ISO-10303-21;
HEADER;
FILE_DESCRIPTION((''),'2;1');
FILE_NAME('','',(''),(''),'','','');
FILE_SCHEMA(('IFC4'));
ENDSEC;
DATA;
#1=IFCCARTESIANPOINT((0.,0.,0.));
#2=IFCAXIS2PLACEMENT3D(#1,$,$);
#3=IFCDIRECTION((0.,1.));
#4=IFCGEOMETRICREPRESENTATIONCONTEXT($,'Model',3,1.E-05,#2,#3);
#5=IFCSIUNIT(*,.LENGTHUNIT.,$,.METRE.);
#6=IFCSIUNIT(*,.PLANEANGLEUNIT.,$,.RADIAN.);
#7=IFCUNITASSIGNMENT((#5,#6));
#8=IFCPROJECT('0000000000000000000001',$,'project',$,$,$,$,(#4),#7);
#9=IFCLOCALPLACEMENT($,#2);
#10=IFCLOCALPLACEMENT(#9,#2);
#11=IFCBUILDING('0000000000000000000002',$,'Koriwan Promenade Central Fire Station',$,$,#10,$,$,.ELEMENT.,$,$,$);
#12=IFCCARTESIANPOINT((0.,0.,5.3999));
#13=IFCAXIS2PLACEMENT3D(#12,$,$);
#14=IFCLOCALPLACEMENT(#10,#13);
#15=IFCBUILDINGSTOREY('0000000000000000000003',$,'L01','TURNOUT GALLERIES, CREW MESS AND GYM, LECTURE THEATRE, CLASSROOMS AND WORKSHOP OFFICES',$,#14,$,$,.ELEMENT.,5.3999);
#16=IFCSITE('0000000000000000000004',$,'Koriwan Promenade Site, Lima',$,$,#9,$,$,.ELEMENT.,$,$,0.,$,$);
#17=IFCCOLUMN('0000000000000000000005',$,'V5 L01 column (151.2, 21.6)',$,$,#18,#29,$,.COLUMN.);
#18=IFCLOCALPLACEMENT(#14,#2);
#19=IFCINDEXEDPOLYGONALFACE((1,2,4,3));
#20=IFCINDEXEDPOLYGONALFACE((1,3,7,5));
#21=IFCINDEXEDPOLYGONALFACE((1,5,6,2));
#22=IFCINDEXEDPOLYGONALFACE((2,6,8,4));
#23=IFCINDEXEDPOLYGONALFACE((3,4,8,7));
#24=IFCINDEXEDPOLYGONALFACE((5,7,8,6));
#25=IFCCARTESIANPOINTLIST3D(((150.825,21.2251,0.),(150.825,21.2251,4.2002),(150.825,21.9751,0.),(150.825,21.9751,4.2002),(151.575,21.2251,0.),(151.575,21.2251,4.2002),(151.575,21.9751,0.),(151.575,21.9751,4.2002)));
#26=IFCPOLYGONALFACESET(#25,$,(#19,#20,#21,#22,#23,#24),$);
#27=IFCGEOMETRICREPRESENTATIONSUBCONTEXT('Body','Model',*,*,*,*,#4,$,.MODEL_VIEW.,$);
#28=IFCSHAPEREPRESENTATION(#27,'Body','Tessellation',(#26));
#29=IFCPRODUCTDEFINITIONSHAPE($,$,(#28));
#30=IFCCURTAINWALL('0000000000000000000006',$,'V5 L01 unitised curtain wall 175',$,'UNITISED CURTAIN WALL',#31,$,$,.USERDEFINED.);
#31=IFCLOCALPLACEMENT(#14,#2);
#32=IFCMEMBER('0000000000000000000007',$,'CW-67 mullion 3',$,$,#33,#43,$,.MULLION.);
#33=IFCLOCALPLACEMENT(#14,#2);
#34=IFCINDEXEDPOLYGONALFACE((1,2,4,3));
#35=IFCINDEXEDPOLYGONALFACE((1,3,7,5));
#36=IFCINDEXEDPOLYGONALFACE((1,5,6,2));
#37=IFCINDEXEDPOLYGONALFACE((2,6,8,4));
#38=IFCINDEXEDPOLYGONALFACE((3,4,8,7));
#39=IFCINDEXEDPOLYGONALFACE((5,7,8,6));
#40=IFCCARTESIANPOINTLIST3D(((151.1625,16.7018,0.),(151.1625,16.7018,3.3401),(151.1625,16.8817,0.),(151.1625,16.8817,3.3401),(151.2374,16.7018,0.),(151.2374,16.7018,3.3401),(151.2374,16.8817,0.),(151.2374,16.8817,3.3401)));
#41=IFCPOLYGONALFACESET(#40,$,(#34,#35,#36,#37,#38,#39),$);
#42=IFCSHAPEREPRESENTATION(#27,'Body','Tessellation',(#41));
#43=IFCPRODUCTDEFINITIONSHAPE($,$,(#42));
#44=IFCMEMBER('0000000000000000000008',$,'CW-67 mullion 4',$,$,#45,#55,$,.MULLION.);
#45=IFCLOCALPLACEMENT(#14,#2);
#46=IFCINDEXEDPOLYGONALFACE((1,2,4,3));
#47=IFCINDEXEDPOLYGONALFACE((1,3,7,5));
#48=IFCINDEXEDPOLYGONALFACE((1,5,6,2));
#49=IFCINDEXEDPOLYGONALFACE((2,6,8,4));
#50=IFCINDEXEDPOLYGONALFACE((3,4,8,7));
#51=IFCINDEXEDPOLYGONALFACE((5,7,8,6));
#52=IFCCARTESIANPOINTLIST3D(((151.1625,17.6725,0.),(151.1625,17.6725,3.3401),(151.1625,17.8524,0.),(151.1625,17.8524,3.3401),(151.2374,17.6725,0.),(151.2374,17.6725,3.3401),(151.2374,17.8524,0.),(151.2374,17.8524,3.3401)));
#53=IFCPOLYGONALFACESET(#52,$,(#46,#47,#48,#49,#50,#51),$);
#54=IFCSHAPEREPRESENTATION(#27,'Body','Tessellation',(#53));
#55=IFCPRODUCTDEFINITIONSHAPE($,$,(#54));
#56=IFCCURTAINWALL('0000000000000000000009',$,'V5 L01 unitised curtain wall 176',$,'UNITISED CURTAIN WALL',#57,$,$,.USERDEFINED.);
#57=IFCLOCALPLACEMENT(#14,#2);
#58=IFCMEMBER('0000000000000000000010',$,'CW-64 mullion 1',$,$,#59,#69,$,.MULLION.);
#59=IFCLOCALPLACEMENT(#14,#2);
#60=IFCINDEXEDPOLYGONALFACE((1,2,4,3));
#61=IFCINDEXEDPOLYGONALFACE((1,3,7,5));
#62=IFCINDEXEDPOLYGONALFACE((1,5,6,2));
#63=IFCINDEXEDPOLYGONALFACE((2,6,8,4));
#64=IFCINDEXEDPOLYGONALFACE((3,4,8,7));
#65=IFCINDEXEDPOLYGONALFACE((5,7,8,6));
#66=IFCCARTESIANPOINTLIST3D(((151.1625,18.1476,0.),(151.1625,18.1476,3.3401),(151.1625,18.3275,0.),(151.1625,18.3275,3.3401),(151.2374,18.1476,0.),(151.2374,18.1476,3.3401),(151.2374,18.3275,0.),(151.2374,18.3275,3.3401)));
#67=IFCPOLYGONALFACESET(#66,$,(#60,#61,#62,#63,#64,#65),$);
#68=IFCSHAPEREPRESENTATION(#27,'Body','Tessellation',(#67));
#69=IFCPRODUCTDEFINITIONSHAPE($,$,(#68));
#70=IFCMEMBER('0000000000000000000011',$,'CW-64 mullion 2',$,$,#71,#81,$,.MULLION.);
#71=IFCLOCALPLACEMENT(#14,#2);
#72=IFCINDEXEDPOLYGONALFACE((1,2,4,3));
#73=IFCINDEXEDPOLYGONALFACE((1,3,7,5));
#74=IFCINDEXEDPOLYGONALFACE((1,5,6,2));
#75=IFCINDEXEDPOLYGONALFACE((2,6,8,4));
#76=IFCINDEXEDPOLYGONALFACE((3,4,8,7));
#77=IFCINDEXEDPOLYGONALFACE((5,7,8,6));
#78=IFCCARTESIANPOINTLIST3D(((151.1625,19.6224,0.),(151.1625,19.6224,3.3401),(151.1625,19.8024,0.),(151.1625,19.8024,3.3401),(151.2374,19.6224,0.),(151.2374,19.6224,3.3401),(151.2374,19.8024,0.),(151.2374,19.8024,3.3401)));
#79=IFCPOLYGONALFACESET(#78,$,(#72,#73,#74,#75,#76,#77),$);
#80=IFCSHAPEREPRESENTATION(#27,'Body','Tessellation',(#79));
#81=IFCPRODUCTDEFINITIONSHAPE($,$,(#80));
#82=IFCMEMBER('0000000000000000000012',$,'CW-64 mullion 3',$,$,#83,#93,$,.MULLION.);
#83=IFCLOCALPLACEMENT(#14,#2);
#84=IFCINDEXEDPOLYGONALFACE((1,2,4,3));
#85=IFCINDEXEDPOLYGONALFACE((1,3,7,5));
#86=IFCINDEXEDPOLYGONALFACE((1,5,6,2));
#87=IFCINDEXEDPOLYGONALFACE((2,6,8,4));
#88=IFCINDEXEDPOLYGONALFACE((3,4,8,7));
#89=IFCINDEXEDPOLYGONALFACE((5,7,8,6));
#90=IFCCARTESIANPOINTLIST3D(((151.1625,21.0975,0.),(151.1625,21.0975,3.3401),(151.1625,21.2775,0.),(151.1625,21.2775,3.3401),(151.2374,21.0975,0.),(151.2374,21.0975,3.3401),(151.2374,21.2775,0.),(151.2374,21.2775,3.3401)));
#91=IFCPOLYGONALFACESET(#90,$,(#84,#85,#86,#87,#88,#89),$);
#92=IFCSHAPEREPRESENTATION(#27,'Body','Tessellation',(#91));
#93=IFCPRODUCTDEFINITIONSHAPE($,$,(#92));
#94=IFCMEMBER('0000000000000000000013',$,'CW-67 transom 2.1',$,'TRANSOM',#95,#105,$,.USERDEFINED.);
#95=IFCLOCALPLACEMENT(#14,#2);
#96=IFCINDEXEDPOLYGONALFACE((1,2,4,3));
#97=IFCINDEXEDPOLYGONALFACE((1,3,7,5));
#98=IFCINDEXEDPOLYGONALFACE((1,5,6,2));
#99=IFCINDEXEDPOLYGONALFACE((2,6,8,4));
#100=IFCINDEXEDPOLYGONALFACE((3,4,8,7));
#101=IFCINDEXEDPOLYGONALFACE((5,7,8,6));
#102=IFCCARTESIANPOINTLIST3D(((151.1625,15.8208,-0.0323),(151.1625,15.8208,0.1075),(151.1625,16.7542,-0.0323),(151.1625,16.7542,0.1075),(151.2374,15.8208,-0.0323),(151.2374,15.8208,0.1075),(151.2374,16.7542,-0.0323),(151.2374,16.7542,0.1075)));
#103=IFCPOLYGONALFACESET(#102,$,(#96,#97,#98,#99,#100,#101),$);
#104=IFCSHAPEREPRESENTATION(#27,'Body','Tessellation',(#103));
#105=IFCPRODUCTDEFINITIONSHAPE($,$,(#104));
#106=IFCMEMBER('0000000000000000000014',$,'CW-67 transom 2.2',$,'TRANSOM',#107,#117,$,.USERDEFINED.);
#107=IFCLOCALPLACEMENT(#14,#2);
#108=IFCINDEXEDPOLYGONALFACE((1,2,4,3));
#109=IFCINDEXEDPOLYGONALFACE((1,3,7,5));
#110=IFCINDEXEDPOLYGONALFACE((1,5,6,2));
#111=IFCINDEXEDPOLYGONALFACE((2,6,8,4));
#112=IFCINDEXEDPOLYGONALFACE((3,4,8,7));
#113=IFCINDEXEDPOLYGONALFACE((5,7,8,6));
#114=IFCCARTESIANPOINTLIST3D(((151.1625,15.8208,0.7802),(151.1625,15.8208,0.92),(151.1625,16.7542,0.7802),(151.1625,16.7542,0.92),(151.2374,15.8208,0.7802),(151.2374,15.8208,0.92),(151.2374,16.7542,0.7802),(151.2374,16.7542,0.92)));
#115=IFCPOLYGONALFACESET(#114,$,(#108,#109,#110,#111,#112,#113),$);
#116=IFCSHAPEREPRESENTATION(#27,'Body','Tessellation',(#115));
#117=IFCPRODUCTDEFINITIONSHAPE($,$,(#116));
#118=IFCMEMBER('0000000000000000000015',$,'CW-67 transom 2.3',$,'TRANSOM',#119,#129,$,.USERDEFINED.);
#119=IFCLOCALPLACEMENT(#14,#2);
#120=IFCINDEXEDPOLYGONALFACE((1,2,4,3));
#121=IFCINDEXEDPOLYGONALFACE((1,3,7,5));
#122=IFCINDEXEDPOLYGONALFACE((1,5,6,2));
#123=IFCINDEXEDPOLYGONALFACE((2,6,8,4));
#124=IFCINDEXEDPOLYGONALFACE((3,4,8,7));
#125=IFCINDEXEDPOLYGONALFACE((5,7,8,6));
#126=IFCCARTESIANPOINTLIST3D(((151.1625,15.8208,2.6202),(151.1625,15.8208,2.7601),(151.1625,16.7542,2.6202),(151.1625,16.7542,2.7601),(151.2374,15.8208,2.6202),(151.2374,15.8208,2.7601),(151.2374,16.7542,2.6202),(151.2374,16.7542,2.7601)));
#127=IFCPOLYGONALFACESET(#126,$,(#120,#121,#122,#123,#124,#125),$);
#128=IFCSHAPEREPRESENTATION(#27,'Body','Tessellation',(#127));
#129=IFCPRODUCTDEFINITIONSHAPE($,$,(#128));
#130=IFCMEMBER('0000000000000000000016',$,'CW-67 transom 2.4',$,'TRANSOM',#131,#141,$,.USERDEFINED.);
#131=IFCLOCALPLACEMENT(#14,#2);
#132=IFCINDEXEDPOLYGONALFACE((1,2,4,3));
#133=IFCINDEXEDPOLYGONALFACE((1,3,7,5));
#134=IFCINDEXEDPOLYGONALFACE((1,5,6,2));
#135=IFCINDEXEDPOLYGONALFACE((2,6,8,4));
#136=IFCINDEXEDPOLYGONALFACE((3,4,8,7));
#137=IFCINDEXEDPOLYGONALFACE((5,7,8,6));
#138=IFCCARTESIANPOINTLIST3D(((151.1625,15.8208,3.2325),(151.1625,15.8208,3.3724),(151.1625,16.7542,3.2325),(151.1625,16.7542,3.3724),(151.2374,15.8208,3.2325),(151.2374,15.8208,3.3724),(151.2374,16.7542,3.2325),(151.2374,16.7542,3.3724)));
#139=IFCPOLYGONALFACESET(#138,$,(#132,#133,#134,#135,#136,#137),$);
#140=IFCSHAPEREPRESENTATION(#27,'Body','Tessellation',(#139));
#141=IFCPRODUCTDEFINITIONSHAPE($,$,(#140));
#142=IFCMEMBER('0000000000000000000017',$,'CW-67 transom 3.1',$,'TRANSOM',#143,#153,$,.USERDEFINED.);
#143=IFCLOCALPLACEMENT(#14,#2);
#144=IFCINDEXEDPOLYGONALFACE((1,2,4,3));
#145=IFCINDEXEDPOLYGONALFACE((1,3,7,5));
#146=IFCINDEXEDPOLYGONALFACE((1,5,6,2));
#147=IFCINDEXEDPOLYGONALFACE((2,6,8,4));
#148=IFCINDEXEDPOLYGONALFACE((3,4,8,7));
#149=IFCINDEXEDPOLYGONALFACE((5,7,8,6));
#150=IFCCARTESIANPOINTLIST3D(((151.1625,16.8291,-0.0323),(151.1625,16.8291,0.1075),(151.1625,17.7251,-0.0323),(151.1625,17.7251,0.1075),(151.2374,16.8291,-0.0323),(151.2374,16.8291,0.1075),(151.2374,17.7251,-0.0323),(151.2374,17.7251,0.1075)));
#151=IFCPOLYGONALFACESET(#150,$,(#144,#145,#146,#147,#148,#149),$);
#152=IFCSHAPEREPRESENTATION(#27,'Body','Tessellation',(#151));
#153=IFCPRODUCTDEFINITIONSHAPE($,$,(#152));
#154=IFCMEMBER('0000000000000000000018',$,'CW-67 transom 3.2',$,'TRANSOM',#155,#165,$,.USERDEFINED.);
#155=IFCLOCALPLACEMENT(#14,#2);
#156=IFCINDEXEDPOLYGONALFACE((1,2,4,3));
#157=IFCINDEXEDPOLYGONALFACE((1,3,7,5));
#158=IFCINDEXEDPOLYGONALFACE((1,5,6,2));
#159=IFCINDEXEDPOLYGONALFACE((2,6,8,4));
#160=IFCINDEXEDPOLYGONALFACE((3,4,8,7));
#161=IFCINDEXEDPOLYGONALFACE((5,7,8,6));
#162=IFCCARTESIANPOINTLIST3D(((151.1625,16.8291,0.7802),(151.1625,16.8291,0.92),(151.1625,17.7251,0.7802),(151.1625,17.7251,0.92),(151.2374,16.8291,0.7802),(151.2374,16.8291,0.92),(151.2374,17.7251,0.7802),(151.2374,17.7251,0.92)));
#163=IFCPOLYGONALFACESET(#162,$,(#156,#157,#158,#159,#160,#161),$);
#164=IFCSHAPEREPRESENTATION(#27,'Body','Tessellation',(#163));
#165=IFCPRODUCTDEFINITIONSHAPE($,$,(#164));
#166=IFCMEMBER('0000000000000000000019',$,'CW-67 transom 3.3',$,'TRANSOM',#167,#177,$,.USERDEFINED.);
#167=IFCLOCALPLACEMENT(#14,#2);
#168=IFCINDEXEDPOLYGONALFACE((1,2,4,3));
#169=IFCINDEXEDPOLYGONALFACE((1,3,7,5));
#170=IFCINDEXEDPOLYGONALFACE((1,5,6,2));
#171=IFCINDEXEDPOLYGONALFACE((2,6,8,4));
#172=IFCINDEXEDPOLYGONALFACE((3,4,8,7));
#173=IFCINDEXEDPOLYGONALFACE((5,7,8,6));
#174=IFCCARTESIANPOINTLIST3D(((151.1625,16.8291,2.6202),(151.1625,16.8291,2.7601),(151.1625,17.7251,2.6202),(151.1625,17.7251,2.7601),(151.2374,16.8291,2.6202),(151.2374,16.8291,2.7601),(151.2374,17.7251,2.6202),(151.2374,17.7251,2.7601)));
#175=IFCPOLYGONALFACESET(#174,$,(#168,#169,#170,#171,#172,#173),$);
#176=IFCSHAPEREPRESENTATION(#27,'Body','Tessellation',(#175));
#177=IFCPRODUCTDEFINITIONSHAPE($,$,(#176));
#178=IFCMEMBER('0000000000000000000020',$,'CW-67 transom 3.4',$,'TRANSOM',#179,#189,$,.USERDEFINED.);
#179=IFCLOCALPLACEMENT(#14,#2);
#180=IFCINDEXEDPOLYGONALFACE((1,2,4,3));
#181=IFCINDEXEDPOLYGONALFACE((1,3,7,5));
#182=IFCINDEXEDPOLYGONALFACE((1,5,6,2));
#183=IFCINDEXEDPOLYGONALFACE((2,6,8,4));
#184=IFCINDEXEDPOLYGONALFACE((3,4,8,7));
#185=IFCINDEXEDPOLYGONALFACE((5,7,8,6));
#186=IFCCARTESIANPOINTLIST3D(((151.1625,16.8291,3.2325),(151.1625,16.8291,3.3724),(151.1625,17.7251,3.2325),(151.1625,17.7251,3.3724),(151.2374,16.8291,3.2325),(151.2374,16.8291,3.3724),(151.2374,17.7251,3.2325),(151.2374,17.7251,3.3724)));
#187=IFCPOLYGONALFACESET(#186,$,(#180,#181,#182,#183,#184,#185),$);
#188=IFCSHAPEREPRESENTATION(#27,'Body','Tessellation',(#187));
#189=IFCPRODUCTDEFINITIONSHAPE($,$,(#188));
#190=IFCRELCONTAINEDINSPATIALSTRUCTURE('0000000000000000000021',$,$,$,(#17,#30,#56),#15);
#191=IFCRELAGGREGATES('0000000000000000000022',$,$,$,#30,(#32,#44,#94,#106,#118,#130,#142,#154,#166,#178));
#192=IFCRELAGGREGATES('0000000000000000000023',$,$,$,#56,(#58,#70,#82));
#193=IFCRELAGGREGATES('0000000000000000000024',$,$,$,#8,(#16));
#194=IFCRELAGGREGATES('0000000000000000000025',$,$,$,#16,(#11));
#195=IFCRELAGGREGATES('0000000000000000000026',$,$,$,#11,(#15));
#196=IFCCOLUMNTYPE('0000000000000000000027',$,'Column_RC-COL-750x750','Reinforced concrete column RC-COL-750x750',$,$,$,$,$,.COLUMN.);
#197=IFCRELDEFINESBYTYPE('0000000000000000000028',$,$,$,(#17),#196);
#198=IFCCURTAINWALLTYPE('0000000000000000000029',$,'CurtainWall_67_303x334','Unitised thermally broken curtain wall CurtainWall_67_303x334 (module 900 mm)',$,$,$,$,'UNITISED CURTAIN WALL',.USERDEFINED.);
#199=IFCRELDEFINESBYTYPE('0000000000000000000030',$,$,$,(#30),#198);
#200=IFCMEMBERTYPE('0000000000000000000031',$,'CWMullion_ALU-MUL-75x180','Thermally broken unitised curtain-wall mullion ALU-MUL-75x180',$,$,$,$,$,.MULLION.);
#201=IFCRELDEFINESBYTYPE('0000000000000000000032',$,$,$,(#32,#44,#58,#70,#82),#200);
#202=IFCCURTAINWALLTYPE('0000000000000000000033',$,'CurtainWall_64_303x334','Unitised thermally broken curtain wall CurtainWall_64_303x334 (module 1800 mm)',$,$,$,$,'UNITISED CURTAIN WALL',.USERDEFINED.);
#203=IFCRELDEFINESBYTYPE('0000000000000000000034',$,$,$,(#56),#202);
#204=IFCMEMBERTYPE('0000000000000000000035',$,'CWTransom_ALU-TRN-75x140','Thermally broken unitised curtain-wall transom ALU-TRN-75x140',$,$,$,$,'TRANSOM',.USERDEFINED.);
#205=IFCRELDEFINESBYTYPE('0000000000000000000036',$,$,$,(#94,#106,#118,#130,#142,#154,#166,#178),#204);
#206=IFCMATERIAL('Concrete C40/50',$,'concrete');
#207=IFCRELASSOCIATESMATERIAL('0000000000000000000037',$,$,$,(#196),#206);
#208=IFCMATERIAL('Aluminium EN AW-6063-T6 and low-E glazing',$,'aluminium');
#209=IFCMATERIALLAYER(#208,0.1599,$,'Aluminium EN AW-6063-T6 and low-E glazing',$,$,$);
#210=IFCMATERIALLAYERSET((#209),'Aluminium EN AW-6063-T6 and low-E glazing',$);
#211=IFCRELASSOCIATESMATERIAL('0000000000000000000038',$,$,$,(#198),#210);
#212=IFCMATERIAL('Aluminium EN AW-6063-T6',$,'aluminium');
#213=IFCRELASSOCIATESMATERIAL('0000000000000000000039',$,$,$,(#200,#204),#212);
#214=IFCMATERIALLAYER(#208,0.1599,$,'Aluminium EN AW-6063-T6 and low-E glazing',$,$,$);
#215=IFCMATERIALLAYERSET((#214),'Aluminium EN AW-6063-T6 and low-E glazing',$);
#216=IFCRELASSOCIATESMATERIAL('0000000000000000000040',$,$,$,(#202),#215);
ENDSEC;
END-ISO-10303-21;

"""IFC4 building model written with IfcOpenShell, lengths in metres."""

from ifc_helpers import new_model, si_unit, direction, frame, origin, origin_2d, place, context, subcontext, project, spatial, rectangle, extrude, material, layer, layer_set, material_profile, profile_set, type_object, element, aggregate, save


model = new_model("IFC4")

# Units and contexts
model_context = context("Model", 3, precision=1e-05, world=origin(), true_north=direction((0.0, 1.0)))
body_context = subcontext(model_context, "Body", "Model", "MODEL_VIEW")
ifc_project = project(units=[si_unit("LENGTHUNIT", "METRE"), si_unit("PLANEANGLEUNIT", "RADIAN")], contexts=[model_context])

# Site, building, storey
site_placement = place(None, origin())
site = spatial("IfcSite", under=ifc_project, at=site_placement, Name="Koriwan Promenade Site, Lima", CompositionType="ELEMENT", RefElevation=0.0)
building_placement = place(site_placement, origin())
building = spatial("IfcBuilding", under=site, at=building_placement, Name="Koriwan Promenade Central Fire Station", CompositionType="ELEMENT")
storey_placement = place(building_placement, frame((0.0, 0.0, 5.3999)))
storey = spatial("IfcBuildingStorey", under=building, at=storey_placement, Name="L01", Description="TURNOUT GALLERIES, CREW MESS AND GYM, LECTURE THEATRE, CLASSROOMS AND WORKSHOP OFFICES", CompositionType="ELEMENT", Elevation=5.3999)

# Column
ifc_material_1 = material(Name="Concrete C40/50", Category="concrete")
ifc_material_profile_1 = material_profile(ifc_material_1, rectangle(XDim=0.75, YDim=0.75, at=origin_2d()), Name="RC-COL-750x750")
ifc_profile_set_1 = profile_set([ifc_material_profile_1], Name="Concrete C40/50")
column_type = type_object("IfcColumnType", Name="Column_RC-COL-750x750", Description="Reinforced concrete column RC-COL-750x750", PredefinedType="COLUMN", material=ifc_profile_set_1)
column_placement = place(storey_placement, frame((151.2, 21.6001, 0.0), z_axis=(0.0, 0.0, 1.0), x_axis=(1.0, 0.0, 0.0)))
element("IfcColumn", 1, at=column_placement, inside=storey, type_object=column_type, Name="V5 L01 column (151.2, 21.6)", PredefinedType="COLUMN", context=body_context, shape_type="SweptSolid", body=[
    extrude(rectangle(XDim=0.75, YDim=0.75, at=origin_2d()), origin(), (0.0, 0.0, 1.0), 4.2002),
])

# Curtain walls, members
ifc_material_2 = material(Name="Aluminium EN AW-6063-T6 and low-E glazing", Category="aluminium")
ifc_layer_1 = layer(ifc_material_2, 0.1599, Name="Aluminium EN AW-6063-T6 and low-E glazing")
ifc_layer_set_1 = layer_set([ifc_layer_1], Name="Aluminium EN AW-6063-T6 and low-E glazing")
curtain_wall_type_1 = type_object("IfcCurtainWallType", Name="CurtainWall_67_303x334", Description="Unitised thermally broken curtain wall CurtainWall_67_303x334 (module 900 mm)", ElementType="UNITISED CURTAIN WALL", PredefinedType="USERDEFINED", material=ifc_layer_set_1)
curtain_wall_1_placement = place(storey_placement, origin())
curtain_wall_1 = element("IfcCurtainWall", 2, at=curtain_wall_1_placement, inside=storey, type_object=curtain_wall_type_1, Name="V5 L01 unitised curtain wall 175", ObjectType="UNITISED CURTAIN WALL", PredefinedType="USERDEFINED")
ifc_material_3 = material(Name="Aluminium EN AW-6063-T6", Category="aluminium")
ifc_material_profile_2 = material_profile(ifc_material_3, rectangle(XDim=0.075, YDim=0.1799, at=origin_2d()), Name="ALU-MUL-75x180")
ifc_profile_set_2 = profile_set([ifc_material_profile_2], Name="Aluminium EN AW-6063-T6")
member_type_1 = type_object("IfcMemberType", Name="CWMullion_ALU-MUL-75x180", Description="Thermally broken unitised curtain-wall mullion ALU-MUL-75x180", PredefinedType="MULLION", material=ifc_profile_set_2)
member_1_placement = place(storey_placement, frame((151.2, 16.7917, 0.0), z_axis=(0.0, 0.0, 1.0), x_axis=(-1.0, 0.0, 0.0)))
member_1 = element("IfcMember", 3, at=member_1_placement, type_object=member_type_1, Name="CW-67 mullion 3", PredefinedType="MULLION", context=body_context, shape_type="SweptSolid", body=[
    extrude(rectangle(XDim=0.075, YDim=0.1799, at=origin_2d()), origin(), (0.0, 0.0, 1.0), 3.3401),
])
member_2_placement = place(storey_placement, frame((151.2, 17.7625, 0.0), z_axis=(0.0, 0.0, 1.0), x_axis=(-1.0, 0.0, 0.0)))
member_2 = element("IfcMember", 4, at=member_2_placement, type_object=member_type_1, Name="CW-67 mullion 4", PredefinedType="MULLION", context=body_context, shape_type="SweptSolid", body=[
    extrude(rectangle(XDim=0.075, YDim=0.1799, at=origin_2d()), origin(), (0.0, 0.0, 1.0), 3.3401),
])
ifc_layer_2 = layer(ifc_material_2, 0.1599, Name="Aluminium EN AW-6063-T6 and low-E glazing")
ifc_layer_set_2 = layer_set([ifc_layer_2], Name="Aluminium EN AW-6063-T6 and low-E glazing")
curtain_wall_type_2 = type_object("IfcCurtainWallType", Name="CurtainWall_64_303x334", Description="Unitised thermally broken curtain wall CurtainWall_64_303x334 (module 1800 mm)", ElementType="UNITISED CURTAIN WALL", PredefinedType="USERDEFINED", material=ifc_layer_set_2)
curtain_wall_2_placement = place(storey_placement, origin())
curtain_wall_2 = element("IfcCurtainWall", 5, at=curtain_wall_2_placement, inside=storey, type_object=curtain_wall_type_2, Name="V5 L01 unitised curtain wall 176", ObjectType="UNITISED CURTAIN WALL", PredefinedType="USERDEFINED")
member_3_placement = place(storey_placement, frame((151.2, 18.2375, 0.0), z_axis=(0.0, 0.0, 1.0), x_axis=(-1.0, 0.0, 0.0)))
member_3 = element("IfcMember", 6, at=member_3_placement, type_object=member_type_1, Name="CW-64 mullion 1", PredefinedType="MULLION", context=body_context, shape_type="SweptSolid", body=[
    extrude(rectangle(XDim=0.075, YDim=0.1799, at=origin_2d()), origin(), (0.0, 0.0, 1.0), 3.3401),
])
member_4_placement = place(storey_placement, frame((151.2, 19.7124, 0.0), z_axis=(0.0, 0.0, 1.0), x_axis=(-1.0, 0.0, 0.0)))
member_4 = element("IfcMember", 7, at=member_4_placement, type_object=member_type_1, Name="CW-64 mullion 2", PredefinedType="MULLION", context=body_context, shape_type="SweptSolid", body=[
    extrude(rectangle(XDim=0.075, YDim=0.1799, at=origin_2d()), origin(), (0.0, 0.0, 1.0), 3.3401),
])
member_5_placement = place(storey_placement, frame((151.2, 21.1875, 0.0), z_axis=(0.0, 0.0, 1.0), x_axis=(-1.0, 0.0, 0.0)))
member_5 = element("IfcMember", 8, at=member_5_placement, type_object=member_type_1, Name="CW-64 mullion 3", PredefinedType="MULLION", context=body_context, shape_type="SweptSolid", body=[
    extrude(rectangle(XDim=0.075, YDim=0.1799, at=origin_2d()), origin(), (0.0, 0.0, 1.0), 3.3401),
])

# Members
ifc_material_profile_3 = material_profile(ifc_material_3, rectangle(XDim=0.075, YDim=0.1399, at=origin_2d()), Name="ALU-TRN-75x140")
ifc_profile_set_3 = profile_set([ifc_material_profile_3], Name="Aluminium EN AW-6063-T6")
member_type_2 = type_object("IfcMemberType", Name="CWTransom_ALU-TRN-75x140", Description="Thermally broken unitised curtain-wall transom ALU-TRN-75x140", ElementType="TRANSOM", PredefinedType="USERDEFINED", material=ifc_profile_set_3)
member_6_placement = place(storey_placement, frame((151.2, 15.8208, 0.0376), z_axis=(0.0, 1.0, 0.0), x_axis=(-1.0, 0.0, 0.0)))
member_6 = element("IfcMember", 9, at=member_6_placement, type_object=member_type_2, Name="CW-67 transom 2.1", ObjectType="TRANSOM", PredefinedType="USERDEFINED", context=body_context, shape_type="SweptSolid", body=[
    extrude(rectangle(XDim=0.075, YDim=0.1399, at=origin_2d()), origin(), (0.0, 0.0, 1.0), 0.9333),
])
member_7_placement = place(storey_placement, frame((151.2, 15.8208, 0.8501), z_axis=(0.0, 1.0, 0.0), x_axis=(-1.0, 0.0, 0.0)))
member_7 = element("IfcMember", 10, at=member_7_placement, type_object=member_type_2, Name="CW-67 transom 2.2", ObjectType="TRANSOM", PredefinedType="USERDEFINED", context=body_context, shape_type="SweptSolid", body=[
    extrude(rectangle(XDim=0.075, YDim=0.1399, at=origin_2d()), origin(), (0.0, 0.0, 1.0), 0.9333),
])
member_8_placement = place(storey_placement, frame((151.2, 15.8208, 2.6902), z_axis=(0.0, 1.0, 0.0), x_axis=(-1.0, 0.0, 0.0)))
member_8 = element("IfcMember", 11, at=member_8_placement, type_object=member_type_2, Name="CW-67 transom 2.3", ObjectType="TRANSOM", PredefinedType="USERDEFINED", context=body_context, shape_type="SweptSolid", body=[
    extrude(rectangle(XDim=0.075, YDim=0.1399, at=origin_2d()), origin(), (0.0, 0.0, 1.0), 0.9333),
])
member_9_placement = place(storey_placement, frame((151.2, 15.8208, 3.3025), z_axis=(0.0, 1.0, 0.0), x_axis=(-1.0, 0.0, 0.0)))
member_9 = element("IfcMember", 12, at=member_9_placement, type_object=member_type_2, Name="CW-67 transom 2.4", ObjectType="TRANSOM", PredefinedType="USERDEFINED", context=body_context, shape_type="SweptSolid", body=[
    extrude(rectangle(XDim=0.075, YDim=0.1399, at=origin_2d()), origin(), (0.0, 0.0, 1.0), 0.9333),
])
member_10_placement = place(storey_placement, frame((151.2, 16.8291, 0.0376), z_axis=(0.0, 1.0, 0.0), x_axis=(-1.0, 0.0, 0.0)))
member_10 = element("IfcMember", 13, at=member_10_placement, type_object=member_type_2, Name="CW-67 transom 3.1", ObjectType="TRANSOM", PredefinedType="USERDEFINED", context=body_context, shape_type="SweptSolid", body=[
    extrude(rectangle(XDim=0.075, YDim=0.1399, at=origin_2d()), origin(), (0.0, 0.0, 1.0), 0.896),
])
member_11_placement = place(storey_placement, frame((151.2, 16.8291, 0.8501), z_axis=(0.0, 1.0, 0.0), x_axis=(-1.0, 0.0, 0.0)))
member_11 = element("IfcMember", 14, at=member_11_placement, type_object=member_type_2, Name="CW-67 transom 3.2", ObjectType="TRANSOM", PredefinedType="USERDEFINED", context=body_context, shape_type="SweptSolid", body=[
    extrude(rectangle(XDim=0.075, YDim=0.1399, at=origin_2d()), origin(), (0.0, 0.0, 1.0), 0.896),
])
member_12_placement = place(storey_placement, frame((151.2, 16.8291, 2.6902), z_axis=(0.0, 1.0, 0.0), x_axis=(-1.0, 0.0, 0.0)))
member_12 = element("IfcMember", 15, at=member_12_placement, type_object=member_type_2, Name="CW-67 transom 3.3", ObjectType="TRANSOM", PredefinedType="USERDEFINED", context=body_context, shape_type="SweptSolid", body=[
    extrude(rectangle(XDim=0.075, YDim=0.1399, at=origin_2d()), origin(), (0.0, 0.0, 1.0), 0.896),
])
member_13_placement = place(storey_placement, frame((151.2, 16.8291, 3.3025), z_axis=(0.0, 1.0, 0.0), x_axis=(-1.0, 0.0, 0.0)))
member_13 = element("IfcMember", 16, at=member_13_placement, type_object=member_type_2, Name="CW-67 transom 3.4", ObjectType="TRANSOM", PredefinedType="USERDEFINED", context=body_context, shape_type="SweptSolid", body=[
    extrude(rectangle(XDim=0.075, YDim=0.1399, at=origin_2d()), origin(), (0.0, 0.0, 1.0), 0.896),
])

aggregate(curtain_wall_1, [member_1, member_2, member_6, member_7, member_8, member_9, member_10, member_11, member_12, member_13])
aggregate(curtain_wall_2, [member_3, member_4, member_5])

save(model, "model.ifc")
